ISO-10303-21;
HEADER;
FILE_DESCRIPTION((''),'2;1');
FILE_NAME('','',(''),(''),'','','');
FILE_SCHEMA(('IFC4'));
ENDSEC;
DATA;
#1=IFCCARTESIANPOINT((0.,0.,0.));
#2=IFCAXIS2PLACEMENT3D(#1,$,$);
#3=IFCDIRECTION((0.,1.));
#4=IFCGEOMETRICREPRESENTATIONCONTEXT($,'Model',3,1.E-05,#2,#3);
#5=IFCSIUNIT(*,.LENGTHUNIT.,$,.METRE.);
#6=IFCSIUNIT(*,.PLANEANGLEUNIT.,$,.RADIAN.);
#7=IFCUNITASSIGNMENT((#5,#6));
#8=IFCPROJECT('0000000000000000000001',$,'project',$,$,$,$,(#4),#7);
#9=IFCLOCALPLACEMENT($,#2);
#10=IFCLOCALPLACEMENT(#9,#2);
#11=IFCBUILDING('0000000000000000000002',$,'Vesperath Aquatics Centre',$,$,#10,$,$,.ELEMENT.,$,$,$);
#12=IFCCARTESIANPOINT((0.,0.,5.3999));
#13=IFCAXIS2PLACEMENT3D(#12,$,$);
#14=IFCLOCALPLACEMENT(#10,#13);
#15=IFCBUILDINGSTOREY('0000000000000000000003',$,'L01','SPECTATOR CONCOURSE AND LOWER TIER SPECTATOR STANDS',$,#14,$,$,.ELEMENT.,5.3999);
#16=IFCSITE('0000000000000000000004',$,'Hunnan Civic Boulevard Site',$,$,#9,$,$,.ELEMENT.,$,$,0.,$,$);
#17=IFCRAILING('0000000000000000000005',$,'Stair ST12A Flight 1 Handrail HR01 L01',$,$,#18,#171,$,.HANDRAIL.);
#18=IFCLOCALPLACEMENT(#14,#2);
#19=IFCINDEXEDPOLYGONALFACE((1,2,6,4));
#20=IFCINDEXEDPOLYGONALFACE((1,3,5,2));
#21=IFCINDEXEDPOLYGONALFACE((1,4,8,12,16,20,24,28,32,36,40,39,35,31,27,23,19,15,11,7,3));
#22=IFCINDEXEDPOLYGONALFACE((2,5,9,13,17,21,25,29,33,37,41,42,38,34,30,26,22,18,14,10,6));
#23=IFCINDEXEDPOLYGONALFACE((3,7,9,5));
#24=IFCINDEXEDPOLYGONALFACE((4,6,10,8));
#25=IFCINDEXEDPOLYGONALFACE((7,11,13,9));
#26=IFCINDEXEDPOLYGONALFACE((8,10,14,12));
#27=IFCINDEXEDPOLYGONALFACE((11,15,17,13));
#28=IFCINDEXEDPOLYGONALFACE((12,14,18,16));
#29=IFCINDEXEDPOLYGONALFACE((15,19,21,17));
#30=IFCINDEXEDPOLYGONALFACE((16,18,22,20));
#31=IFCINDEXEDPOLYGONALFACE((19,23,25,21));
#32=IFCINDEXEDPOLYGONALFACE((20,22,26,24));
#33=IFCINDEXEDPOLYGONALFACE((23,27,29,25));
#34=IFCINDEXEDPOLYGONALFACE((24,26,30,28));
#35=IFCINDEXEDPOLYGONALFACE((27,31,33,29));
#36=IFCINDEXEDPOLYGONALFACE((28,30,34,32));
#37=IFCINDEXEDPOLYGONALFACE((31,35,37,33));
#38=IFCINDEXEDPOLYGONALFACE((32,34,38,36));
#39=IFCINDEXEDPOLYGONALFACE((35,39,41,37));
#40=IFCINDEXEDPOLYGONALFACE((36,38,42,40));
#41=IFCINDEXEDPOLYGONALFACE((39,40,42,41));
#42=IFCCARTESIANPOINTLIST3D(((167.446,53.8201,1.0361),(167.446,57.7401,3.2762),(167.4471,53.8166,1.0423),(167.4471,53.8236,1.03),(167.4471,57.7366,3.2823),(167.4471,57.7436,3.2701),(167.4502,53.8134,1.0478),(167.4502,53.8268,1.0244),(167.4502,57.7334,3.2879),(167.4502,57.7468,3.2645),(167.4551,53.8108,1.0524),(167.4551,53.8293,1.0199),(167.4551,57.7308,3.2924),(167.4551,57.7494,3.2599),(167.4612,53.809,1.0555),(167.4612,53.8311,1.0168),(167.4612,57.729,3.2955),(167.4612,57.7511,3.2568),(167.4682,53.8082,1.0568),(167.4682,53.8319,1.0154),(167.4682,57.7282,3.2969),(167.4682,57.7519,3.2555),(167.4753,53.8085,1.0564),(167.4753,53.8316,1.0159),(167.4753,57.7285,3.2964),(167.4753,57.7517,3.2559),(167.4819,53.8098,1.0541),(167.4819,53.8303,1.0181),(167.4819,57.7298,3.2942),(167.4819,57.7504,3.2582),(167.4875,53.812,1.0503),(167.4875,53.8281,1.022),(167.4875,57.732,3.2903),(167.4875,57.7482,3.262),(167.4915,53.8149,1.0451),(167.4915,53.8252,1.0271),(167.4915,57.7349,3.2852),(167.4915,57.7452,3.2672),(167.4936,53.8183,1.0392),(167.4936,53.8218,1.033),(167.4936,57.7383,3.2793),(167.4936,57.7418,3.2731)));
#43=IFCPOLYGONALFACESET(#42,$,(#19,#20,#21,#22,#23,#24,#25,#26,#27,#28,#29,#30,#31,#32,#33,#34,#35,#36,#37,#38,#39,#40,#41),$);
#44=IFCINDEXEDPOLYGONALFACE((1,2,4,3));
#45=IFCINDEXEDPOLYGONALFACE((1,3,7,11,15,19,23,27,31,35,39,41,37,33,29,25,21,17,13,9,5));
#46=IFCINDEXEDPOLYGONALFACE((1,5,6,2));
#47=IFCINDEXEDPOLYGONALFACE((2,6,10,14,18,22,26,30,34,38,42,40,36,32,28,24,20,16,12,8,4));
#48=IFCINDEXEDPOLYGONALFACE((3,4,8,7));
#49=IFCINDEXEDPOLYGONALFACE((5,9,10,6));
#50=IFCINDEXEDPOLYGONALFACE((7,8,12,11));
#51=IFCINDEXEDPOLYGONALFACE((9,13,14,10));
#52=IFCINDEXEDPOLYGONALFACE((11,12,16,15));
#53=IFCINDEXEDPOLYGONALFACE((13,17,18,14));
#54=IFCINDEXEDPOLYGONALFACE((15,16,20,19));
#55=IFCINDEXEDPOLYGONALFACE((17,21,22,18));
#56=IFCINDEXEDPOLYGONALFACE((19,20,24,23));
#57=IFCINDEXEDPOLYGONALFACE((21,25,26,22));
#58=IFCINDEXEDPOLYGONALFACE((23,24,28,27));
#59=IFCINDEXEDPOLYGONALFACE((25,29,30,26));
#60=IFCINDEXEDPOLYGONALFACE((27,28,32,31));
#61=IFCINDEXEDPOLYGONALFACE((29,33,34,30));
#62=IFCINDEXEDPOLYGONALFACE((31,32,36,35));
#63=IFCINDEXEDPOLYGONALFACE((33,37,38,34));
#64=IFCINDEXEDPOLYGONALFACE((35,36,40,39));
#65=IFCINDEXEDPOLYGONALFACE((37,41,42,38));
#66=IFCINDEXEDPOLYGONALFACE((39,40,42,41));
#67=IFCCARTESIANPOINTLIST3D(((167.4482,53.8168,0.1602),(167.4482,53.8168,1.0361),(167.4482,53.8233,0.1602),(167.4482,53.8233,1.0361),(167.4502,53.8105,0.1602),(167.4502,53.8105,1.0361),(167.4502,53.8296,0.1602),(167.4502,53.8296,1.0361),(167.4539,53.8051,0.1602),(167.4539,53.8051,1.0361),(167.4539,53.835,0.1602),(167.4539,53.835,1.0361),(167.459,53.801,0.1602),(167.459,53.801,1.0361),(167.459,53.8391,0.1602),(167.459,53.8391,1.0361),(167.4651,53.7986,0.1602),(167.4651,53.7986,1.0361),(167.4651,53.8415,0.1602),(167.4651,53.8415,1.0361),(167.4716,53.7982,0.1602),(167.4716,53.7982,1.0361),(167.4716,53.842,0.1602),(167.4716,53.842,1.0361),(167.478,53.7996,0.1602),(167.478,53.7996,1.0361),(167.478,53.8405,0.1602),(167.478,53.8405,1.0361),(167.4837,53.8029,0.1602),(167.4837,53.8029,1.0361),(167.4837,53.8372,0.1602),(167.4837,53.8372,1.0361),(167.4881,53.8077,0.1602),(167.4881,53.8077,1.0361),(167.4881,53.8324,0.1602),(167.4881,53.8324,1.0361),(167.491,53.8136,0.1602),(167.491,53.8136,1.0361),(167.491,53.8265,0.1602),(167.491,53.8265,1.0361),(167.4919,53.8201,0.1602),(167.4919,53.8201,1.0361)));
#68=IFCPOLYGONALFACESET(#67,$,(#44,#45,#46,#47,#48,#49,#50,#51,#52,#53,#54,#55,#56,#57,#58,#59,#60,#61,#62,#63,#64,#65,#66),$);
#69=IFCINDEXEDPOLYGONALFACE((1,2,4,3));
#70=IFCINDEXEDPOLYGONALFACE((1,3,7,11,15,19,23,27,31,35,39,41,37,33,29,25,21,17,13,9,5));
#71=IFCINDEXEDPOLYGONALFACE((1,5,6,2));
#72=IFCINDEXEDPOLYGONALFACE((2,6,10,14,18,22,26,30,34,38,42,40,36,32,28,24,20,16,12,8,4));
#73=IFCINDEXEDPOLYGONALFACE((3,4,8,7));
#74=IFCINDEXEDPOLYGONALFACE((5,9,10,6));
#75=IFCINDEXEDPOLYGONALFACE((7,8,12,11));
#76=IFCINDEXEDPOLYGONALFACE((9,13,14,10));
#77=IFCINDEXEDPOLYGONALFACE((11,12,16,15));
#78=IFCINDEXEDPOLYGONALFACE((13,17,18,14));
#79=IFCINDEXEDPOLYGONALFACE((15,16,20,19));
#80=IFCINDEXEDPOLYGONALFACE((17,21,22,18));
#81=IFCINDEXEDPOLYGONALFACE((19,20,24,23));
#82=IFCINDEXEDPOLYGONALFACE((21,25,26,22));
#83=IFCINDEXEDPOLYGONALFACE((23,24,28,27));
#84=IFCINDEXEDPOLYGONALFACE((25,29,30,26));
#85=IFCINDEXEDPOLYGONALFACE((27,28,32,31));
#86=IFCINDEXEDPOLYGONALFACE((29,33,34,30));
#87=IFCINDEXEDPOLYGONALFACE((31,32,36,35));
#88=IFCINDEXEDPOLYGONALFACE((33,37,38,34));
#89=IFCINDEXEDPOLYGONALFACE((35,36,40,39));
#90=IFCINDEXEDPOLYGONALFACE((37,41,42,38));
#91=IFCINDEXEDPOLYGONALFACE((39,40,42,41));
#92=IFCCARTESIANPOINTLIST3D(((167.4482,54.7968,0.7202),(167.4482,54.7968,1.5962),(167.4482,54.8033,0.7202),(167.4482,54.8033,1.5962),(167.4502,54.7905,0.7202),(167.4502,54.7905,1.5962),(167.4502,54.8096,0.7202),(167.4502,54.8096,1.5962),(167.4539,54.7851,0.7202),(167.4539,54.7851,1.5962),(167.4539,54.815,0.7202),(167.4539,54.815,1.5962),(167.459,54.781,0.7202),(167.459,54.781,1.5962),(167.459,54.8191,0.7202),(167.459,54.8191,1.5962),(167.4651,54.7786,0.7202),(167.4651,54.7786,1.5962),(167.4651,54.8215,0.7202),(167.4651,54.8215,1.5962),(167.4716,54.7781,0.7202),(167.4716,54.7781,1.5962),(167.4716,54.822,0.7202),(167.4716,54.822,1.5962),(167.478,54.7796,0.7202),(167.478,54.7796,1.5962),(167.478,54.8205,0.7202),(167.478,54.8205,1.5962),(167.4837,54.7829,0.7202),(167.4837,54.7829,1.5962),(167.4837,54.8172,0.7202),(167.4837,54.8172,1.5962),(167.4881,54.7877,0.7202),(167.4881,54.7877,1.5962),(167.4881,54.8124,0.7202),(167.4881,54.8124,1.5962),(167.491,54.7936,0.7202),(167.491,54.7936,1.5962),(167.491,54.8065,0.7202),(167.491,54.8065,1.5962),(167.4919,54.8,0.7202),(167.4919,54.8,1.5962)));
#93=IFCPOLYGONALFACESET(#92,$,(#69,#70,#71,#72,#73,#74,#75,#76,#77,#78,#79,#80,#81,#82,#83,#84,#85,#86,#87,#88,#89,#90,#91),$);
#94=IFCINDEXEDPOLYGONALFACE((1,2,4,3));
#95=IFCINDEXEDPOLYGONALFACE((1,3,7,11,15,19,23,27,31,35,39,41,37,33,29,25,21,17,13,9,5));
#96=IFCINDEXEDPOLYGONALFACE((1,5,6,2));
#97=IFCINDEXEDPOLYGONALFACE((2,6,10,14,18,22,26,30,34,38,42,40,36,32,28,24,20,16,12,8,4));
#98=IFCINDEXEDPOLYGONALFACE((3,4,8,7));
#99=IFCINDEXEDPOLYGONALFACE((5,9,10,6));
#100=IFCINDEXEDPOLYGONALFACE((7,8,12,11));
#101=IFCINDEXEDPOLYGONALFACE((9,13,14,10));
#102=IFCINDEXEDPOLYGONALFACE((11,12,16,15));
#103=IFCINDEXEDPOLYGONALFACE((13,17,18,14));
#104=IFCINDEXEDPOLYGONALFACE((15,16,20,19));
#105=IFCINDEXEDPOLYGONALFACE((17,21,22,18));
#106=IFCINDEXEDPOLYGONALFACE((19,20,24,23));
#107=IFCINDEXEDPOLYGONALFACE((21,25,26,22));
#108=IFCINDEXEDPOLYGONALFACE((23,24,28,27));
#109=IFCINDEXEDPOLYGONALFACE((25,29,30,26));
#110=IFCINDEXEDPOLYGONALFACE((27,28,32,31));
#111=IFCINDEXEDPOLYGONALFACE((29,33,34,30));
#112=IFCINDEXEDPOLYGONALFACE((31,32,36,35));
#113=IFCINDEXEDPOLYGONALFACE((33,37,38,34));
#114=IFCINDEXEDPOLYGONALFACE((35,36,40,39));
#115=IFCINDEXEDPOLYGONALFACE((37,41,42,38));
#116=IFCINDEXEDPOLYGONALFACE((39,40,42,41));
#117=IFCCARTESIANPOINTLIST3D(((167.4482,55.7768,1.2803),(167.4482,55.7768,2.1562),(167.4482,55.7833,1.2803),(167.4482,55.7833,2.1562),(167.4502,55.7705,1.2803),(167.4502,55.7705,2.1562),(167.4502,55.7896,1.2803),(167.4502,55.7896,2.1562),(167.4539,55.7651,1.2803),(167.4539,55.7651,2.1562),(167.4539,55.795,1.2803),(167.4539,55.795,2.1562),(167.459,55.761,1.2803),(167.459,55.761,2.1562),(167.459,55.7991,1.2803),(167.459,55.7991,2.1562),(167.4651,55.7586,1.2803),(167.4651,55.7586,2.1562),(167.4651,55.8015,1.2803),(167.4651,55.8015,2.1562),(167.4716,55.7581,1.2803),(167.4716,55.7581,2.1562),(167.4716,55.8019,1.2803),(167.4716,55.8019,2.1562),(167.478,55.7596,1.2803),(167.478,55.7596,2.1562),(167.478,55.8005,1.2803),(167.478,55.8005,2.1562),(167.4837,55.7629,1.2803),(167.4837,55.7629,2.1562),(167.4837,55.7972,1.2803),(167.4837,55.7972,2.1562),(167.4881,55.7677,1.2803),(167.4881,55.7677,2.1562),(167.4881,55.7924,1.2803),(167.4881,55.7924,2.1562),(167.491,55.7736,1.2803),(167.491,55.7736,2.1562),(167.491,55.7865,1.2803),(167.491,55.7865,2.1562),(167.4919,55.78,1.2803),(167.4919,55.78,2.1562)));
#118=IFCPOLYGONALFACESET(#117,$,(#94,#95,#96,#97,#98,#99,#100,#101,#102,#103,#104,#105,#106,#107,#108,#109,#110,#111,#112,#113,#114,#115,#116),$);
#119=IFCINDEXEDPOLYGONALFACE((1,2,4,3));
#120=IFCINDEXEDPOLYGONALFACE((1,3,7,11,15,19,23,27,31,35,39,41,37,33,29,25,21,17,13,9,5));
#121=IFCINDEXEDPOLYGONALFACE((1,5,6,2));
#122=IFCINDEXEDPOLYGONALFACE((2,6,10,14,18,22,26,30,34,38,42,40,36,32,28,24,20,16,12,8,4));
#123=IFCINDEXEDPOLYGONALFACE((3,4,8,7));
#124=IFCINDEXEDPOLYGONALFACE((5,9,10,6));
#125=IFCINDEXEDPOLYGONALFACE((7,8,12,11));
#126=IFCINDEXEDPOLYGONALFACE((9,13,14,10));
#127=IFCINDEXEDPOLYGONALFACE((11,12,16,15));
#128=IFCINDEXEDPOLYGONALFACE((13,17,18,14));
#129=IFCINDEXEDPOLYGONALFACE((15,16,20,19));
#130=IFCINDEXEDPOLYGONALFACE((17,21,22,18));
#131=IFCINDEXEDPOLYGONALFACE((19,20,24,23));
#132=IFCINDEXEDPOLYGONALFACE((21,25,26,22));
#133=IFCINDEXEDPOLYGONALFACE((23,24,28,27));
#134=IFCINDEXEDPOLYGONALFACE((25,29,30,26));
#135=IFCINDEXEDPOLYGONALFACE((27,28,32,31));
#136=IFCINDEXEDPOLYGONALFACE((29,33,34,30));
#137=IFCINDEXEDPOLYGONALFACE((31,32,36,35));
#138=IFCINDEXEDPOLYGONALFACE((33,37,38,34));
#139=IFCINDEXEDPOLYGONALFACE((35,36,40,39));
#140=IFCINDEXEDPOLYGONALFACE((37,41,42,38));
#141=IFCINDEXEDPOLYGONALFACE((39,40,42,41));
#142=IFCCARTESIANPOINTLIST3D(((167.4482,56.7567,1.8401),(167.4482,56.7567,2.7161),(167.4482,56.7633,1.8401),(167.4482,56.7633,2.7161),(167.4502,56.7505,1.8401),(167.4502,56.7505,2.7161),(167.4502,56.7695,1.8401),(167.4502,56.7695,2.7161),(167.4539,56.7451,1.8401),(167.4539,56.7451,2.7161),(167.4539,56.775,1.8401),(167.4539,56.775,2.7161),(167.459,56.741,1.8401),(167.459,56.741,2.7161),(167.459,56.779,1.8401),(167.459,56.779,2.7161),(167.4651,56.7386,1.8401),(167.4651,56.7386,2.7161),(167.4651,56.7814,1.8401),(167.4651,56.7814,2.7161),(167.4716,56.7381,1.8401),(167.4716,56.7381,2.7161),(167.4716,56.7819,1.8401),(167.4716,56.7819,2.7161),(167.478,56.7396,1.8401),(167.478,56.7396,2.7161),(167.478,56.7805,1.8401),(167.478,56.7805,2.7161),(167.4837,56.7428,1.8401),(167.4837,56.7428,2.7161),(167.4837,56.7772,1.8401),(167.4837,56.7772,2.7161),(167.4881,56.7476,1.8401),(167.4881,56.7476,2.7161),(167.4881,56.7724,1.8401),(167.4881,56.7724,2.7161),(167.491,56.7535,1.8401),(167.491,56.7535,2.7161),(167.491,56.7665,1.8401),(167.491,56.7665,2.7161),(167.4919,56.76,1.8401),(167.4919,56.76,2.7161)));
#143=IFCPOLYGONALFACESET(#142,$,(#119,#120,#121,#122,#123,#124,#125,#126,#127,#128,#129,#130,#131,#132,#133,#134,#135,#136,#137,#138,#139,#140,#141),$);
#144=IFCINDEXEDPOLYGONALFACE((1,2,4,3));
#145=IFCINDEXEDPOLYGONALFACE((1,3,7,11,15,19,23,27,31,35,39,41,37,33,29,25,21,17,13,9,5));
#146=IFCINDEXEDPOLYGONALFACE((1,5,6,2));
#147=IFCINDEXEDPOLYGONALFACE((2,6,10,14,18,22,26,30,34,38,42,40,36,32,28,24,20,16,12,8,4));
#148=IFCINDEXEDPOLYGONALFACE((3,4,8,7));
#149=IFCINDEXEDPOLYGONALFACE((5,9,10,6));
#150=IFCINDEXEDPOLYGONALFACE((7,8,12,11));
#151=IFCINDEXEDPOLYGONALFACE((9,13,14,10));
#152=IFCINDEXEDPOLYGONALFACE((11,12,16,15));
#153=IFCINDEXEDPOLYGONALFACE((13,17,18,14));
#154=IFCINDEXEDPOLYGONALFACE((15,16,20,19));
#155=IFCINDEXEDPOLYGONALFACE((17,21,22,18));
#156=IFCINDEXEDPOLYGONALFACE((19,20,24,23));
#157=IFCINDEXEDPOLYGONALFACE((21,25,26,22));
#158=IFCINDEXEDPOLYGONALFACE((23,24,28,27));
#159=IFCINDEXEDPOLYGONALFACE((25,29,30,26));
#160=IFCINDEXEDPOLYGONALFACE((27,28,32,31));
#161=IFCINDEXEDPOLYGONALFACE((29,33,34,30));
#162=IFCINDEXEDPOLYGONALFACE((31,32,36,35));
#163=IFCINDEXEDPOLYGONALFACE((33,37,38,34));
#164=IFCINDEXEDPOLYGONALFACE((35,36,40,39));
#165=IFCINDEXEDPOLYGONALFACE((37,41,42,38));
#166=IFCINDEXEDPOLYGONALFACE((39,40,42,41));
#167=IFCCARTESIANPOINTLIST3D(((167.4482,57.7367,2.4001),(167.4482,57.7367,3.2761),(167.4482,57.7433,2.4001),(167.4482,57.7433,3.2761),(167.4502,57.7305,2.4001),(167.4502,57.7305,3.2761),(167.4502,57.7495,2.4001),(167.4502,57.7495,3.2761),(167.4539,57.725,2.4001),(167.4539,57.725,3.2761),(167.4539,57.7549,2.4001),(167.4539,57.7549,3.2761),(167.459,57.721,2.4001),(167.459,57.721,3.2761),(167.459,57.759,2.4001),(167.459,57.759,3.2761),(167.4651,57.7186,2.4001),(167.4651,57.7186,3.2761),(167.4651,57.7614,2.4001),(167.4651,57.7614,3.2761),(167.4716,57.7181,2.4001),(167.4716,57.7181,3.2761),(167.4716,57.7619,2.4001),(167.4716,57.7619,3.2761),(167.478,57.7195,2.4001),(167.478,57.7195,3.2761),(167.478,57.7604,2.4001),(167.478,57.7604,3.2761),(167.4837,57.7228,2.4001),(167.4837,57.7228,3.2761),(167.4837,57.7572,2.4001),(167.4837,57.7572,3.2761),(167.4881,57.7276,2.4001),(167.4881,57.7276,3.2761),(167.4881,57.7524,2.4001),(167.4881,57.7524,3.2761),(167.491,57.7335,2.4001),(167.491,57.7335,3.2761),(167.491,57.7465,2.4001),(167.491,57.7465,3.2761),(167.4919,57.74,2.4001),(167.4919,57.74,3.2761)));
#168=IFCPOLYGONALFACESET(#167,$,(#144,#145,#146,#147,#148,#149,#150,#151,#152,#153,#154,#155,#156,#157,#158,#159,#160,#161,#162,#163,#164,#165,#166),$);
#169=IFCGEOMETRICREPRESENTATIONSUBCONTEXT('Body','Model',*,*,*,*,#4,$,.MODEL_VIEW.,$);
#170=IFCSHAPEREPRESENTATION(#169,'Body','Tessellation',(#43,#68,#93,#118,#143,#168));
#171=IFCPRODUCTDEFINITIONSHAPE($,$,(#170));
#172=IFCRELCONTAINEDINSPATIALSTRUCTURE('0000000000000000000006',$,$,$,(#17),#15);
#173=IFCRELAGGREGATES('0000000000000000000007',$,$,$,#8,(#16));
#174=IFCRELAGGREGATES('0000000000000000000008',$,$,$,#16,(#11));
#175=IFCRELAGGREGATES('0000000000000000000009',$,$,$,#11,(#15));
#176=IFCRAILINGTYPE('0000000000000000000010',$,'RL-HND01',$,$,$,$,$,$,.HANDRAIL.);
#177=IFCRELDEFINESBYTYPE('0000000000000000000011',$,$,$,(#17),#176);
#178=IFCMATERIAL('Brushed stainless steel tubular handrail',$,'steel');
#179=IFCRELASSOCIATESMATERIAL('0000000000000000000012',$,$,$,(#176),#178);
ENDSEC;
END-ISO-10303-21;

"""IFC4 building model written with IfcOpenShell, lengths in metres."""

from ifc_helpers import new_model, si_unit, direction, frame, origin, origin_2d, place, context, subcontext, project, spatial, circle, extrude, material, type_object, element, save


model = new_model("IFC4")

# Units and contexts
model_context = context("Model", 3, precision=1e-05, world=origin(), true_north=direction((0.0, 1.0)))
body_context = subcontext(model_context, "Body", "Model", "MODEL_VIEW")
ifc_project = project(units=[si_unit("LENGTHUNIT", "METRE"), si_unit("PLANEANGLEUNIT", "RADIAN")], contexts=[model_context])

# Site, building, storey
site_placement = place(None, origin())
site = spatial("IfcSite", under=ifc_project, at=site_placement, Name="Hunnan Civic Boulevard Site", CompositionType="ELEMENT", RefElevation=0.0)
building_placement = place(site_placement, origin())
building = spatial("IfcBuilding", under=site, at=building_placement, Name="Vesperath Aquatics Centre", CompositionType="ELEMENT")
storey_placement = place(building_placement, frame((0.0, 0.0, 5.3999)))
storey = spatial("IfcBuildingStorey", under=building, at=storey_placement, Name="L01", Description="SPECTATOR CONCOURSE AND LOWER TIER SPECTATOR STANDS", CompositionType="ELEMENT", Elevation=5.3999)

# Railing
ifc_material_1 = material(Name="Brushed stainless steel tubular handrail", Category="steel")
railing_type_1 = type_object("IfcRailingType", Name="RL-HND01", PredefinedType="HANDRAIL", material=ifc_material_1)
railing_1_placement = place(storey_placement, frame((167.47, 53.8201, 0.1602)))
element("IfcRailing", 1, at=railing_1_placement, inside=storey, type_object=railing_type_1, Name="Stair ST12A Flight 1 Handrail HR01 L01", PredefinedType="HANDRAIL", context=body_context, shape_type="SweptSolid", body=[
    extrude(circle(Radius=0.0239, at=origin_2d()), frame((0.0, 0.0, 0.876), z_axis=(0.0, 0.86824, 0.496145), x_axis=(-1.0, 0.0, 0.0)), (0.0, 0.0, 1.0), 4.5149),
    extrude(circle(Radius=0.022, at=origin_2d()), origin(), (0.0, 0.0, 1.0), 0.876),
    extrude(circle(Radius=0.022, at=origin_2d()), frame((0.0, 0.98, 0.5601)), (0.0, 0.0, 1.0), 0.876),
    extrude(circle(Radius=0.022, at=origin_2d()), frame((0.0, 1.96, 1.1201)), (0.0, 0.0, 1.0), 0.876),
    extrude(circle(Radius=0.022, at=origin_2d()), frame((0.0, 2.9399, 1.6799)), (0.0, 0.0, 1.0), 0.876),
    extrude(circle(Radius=0.022, at=origin_2d()), frame((0.0, 3.9199, 2.24)), (0.0, 0.0, 1.0), 0.876),
])

save(model, "model.ifc")
